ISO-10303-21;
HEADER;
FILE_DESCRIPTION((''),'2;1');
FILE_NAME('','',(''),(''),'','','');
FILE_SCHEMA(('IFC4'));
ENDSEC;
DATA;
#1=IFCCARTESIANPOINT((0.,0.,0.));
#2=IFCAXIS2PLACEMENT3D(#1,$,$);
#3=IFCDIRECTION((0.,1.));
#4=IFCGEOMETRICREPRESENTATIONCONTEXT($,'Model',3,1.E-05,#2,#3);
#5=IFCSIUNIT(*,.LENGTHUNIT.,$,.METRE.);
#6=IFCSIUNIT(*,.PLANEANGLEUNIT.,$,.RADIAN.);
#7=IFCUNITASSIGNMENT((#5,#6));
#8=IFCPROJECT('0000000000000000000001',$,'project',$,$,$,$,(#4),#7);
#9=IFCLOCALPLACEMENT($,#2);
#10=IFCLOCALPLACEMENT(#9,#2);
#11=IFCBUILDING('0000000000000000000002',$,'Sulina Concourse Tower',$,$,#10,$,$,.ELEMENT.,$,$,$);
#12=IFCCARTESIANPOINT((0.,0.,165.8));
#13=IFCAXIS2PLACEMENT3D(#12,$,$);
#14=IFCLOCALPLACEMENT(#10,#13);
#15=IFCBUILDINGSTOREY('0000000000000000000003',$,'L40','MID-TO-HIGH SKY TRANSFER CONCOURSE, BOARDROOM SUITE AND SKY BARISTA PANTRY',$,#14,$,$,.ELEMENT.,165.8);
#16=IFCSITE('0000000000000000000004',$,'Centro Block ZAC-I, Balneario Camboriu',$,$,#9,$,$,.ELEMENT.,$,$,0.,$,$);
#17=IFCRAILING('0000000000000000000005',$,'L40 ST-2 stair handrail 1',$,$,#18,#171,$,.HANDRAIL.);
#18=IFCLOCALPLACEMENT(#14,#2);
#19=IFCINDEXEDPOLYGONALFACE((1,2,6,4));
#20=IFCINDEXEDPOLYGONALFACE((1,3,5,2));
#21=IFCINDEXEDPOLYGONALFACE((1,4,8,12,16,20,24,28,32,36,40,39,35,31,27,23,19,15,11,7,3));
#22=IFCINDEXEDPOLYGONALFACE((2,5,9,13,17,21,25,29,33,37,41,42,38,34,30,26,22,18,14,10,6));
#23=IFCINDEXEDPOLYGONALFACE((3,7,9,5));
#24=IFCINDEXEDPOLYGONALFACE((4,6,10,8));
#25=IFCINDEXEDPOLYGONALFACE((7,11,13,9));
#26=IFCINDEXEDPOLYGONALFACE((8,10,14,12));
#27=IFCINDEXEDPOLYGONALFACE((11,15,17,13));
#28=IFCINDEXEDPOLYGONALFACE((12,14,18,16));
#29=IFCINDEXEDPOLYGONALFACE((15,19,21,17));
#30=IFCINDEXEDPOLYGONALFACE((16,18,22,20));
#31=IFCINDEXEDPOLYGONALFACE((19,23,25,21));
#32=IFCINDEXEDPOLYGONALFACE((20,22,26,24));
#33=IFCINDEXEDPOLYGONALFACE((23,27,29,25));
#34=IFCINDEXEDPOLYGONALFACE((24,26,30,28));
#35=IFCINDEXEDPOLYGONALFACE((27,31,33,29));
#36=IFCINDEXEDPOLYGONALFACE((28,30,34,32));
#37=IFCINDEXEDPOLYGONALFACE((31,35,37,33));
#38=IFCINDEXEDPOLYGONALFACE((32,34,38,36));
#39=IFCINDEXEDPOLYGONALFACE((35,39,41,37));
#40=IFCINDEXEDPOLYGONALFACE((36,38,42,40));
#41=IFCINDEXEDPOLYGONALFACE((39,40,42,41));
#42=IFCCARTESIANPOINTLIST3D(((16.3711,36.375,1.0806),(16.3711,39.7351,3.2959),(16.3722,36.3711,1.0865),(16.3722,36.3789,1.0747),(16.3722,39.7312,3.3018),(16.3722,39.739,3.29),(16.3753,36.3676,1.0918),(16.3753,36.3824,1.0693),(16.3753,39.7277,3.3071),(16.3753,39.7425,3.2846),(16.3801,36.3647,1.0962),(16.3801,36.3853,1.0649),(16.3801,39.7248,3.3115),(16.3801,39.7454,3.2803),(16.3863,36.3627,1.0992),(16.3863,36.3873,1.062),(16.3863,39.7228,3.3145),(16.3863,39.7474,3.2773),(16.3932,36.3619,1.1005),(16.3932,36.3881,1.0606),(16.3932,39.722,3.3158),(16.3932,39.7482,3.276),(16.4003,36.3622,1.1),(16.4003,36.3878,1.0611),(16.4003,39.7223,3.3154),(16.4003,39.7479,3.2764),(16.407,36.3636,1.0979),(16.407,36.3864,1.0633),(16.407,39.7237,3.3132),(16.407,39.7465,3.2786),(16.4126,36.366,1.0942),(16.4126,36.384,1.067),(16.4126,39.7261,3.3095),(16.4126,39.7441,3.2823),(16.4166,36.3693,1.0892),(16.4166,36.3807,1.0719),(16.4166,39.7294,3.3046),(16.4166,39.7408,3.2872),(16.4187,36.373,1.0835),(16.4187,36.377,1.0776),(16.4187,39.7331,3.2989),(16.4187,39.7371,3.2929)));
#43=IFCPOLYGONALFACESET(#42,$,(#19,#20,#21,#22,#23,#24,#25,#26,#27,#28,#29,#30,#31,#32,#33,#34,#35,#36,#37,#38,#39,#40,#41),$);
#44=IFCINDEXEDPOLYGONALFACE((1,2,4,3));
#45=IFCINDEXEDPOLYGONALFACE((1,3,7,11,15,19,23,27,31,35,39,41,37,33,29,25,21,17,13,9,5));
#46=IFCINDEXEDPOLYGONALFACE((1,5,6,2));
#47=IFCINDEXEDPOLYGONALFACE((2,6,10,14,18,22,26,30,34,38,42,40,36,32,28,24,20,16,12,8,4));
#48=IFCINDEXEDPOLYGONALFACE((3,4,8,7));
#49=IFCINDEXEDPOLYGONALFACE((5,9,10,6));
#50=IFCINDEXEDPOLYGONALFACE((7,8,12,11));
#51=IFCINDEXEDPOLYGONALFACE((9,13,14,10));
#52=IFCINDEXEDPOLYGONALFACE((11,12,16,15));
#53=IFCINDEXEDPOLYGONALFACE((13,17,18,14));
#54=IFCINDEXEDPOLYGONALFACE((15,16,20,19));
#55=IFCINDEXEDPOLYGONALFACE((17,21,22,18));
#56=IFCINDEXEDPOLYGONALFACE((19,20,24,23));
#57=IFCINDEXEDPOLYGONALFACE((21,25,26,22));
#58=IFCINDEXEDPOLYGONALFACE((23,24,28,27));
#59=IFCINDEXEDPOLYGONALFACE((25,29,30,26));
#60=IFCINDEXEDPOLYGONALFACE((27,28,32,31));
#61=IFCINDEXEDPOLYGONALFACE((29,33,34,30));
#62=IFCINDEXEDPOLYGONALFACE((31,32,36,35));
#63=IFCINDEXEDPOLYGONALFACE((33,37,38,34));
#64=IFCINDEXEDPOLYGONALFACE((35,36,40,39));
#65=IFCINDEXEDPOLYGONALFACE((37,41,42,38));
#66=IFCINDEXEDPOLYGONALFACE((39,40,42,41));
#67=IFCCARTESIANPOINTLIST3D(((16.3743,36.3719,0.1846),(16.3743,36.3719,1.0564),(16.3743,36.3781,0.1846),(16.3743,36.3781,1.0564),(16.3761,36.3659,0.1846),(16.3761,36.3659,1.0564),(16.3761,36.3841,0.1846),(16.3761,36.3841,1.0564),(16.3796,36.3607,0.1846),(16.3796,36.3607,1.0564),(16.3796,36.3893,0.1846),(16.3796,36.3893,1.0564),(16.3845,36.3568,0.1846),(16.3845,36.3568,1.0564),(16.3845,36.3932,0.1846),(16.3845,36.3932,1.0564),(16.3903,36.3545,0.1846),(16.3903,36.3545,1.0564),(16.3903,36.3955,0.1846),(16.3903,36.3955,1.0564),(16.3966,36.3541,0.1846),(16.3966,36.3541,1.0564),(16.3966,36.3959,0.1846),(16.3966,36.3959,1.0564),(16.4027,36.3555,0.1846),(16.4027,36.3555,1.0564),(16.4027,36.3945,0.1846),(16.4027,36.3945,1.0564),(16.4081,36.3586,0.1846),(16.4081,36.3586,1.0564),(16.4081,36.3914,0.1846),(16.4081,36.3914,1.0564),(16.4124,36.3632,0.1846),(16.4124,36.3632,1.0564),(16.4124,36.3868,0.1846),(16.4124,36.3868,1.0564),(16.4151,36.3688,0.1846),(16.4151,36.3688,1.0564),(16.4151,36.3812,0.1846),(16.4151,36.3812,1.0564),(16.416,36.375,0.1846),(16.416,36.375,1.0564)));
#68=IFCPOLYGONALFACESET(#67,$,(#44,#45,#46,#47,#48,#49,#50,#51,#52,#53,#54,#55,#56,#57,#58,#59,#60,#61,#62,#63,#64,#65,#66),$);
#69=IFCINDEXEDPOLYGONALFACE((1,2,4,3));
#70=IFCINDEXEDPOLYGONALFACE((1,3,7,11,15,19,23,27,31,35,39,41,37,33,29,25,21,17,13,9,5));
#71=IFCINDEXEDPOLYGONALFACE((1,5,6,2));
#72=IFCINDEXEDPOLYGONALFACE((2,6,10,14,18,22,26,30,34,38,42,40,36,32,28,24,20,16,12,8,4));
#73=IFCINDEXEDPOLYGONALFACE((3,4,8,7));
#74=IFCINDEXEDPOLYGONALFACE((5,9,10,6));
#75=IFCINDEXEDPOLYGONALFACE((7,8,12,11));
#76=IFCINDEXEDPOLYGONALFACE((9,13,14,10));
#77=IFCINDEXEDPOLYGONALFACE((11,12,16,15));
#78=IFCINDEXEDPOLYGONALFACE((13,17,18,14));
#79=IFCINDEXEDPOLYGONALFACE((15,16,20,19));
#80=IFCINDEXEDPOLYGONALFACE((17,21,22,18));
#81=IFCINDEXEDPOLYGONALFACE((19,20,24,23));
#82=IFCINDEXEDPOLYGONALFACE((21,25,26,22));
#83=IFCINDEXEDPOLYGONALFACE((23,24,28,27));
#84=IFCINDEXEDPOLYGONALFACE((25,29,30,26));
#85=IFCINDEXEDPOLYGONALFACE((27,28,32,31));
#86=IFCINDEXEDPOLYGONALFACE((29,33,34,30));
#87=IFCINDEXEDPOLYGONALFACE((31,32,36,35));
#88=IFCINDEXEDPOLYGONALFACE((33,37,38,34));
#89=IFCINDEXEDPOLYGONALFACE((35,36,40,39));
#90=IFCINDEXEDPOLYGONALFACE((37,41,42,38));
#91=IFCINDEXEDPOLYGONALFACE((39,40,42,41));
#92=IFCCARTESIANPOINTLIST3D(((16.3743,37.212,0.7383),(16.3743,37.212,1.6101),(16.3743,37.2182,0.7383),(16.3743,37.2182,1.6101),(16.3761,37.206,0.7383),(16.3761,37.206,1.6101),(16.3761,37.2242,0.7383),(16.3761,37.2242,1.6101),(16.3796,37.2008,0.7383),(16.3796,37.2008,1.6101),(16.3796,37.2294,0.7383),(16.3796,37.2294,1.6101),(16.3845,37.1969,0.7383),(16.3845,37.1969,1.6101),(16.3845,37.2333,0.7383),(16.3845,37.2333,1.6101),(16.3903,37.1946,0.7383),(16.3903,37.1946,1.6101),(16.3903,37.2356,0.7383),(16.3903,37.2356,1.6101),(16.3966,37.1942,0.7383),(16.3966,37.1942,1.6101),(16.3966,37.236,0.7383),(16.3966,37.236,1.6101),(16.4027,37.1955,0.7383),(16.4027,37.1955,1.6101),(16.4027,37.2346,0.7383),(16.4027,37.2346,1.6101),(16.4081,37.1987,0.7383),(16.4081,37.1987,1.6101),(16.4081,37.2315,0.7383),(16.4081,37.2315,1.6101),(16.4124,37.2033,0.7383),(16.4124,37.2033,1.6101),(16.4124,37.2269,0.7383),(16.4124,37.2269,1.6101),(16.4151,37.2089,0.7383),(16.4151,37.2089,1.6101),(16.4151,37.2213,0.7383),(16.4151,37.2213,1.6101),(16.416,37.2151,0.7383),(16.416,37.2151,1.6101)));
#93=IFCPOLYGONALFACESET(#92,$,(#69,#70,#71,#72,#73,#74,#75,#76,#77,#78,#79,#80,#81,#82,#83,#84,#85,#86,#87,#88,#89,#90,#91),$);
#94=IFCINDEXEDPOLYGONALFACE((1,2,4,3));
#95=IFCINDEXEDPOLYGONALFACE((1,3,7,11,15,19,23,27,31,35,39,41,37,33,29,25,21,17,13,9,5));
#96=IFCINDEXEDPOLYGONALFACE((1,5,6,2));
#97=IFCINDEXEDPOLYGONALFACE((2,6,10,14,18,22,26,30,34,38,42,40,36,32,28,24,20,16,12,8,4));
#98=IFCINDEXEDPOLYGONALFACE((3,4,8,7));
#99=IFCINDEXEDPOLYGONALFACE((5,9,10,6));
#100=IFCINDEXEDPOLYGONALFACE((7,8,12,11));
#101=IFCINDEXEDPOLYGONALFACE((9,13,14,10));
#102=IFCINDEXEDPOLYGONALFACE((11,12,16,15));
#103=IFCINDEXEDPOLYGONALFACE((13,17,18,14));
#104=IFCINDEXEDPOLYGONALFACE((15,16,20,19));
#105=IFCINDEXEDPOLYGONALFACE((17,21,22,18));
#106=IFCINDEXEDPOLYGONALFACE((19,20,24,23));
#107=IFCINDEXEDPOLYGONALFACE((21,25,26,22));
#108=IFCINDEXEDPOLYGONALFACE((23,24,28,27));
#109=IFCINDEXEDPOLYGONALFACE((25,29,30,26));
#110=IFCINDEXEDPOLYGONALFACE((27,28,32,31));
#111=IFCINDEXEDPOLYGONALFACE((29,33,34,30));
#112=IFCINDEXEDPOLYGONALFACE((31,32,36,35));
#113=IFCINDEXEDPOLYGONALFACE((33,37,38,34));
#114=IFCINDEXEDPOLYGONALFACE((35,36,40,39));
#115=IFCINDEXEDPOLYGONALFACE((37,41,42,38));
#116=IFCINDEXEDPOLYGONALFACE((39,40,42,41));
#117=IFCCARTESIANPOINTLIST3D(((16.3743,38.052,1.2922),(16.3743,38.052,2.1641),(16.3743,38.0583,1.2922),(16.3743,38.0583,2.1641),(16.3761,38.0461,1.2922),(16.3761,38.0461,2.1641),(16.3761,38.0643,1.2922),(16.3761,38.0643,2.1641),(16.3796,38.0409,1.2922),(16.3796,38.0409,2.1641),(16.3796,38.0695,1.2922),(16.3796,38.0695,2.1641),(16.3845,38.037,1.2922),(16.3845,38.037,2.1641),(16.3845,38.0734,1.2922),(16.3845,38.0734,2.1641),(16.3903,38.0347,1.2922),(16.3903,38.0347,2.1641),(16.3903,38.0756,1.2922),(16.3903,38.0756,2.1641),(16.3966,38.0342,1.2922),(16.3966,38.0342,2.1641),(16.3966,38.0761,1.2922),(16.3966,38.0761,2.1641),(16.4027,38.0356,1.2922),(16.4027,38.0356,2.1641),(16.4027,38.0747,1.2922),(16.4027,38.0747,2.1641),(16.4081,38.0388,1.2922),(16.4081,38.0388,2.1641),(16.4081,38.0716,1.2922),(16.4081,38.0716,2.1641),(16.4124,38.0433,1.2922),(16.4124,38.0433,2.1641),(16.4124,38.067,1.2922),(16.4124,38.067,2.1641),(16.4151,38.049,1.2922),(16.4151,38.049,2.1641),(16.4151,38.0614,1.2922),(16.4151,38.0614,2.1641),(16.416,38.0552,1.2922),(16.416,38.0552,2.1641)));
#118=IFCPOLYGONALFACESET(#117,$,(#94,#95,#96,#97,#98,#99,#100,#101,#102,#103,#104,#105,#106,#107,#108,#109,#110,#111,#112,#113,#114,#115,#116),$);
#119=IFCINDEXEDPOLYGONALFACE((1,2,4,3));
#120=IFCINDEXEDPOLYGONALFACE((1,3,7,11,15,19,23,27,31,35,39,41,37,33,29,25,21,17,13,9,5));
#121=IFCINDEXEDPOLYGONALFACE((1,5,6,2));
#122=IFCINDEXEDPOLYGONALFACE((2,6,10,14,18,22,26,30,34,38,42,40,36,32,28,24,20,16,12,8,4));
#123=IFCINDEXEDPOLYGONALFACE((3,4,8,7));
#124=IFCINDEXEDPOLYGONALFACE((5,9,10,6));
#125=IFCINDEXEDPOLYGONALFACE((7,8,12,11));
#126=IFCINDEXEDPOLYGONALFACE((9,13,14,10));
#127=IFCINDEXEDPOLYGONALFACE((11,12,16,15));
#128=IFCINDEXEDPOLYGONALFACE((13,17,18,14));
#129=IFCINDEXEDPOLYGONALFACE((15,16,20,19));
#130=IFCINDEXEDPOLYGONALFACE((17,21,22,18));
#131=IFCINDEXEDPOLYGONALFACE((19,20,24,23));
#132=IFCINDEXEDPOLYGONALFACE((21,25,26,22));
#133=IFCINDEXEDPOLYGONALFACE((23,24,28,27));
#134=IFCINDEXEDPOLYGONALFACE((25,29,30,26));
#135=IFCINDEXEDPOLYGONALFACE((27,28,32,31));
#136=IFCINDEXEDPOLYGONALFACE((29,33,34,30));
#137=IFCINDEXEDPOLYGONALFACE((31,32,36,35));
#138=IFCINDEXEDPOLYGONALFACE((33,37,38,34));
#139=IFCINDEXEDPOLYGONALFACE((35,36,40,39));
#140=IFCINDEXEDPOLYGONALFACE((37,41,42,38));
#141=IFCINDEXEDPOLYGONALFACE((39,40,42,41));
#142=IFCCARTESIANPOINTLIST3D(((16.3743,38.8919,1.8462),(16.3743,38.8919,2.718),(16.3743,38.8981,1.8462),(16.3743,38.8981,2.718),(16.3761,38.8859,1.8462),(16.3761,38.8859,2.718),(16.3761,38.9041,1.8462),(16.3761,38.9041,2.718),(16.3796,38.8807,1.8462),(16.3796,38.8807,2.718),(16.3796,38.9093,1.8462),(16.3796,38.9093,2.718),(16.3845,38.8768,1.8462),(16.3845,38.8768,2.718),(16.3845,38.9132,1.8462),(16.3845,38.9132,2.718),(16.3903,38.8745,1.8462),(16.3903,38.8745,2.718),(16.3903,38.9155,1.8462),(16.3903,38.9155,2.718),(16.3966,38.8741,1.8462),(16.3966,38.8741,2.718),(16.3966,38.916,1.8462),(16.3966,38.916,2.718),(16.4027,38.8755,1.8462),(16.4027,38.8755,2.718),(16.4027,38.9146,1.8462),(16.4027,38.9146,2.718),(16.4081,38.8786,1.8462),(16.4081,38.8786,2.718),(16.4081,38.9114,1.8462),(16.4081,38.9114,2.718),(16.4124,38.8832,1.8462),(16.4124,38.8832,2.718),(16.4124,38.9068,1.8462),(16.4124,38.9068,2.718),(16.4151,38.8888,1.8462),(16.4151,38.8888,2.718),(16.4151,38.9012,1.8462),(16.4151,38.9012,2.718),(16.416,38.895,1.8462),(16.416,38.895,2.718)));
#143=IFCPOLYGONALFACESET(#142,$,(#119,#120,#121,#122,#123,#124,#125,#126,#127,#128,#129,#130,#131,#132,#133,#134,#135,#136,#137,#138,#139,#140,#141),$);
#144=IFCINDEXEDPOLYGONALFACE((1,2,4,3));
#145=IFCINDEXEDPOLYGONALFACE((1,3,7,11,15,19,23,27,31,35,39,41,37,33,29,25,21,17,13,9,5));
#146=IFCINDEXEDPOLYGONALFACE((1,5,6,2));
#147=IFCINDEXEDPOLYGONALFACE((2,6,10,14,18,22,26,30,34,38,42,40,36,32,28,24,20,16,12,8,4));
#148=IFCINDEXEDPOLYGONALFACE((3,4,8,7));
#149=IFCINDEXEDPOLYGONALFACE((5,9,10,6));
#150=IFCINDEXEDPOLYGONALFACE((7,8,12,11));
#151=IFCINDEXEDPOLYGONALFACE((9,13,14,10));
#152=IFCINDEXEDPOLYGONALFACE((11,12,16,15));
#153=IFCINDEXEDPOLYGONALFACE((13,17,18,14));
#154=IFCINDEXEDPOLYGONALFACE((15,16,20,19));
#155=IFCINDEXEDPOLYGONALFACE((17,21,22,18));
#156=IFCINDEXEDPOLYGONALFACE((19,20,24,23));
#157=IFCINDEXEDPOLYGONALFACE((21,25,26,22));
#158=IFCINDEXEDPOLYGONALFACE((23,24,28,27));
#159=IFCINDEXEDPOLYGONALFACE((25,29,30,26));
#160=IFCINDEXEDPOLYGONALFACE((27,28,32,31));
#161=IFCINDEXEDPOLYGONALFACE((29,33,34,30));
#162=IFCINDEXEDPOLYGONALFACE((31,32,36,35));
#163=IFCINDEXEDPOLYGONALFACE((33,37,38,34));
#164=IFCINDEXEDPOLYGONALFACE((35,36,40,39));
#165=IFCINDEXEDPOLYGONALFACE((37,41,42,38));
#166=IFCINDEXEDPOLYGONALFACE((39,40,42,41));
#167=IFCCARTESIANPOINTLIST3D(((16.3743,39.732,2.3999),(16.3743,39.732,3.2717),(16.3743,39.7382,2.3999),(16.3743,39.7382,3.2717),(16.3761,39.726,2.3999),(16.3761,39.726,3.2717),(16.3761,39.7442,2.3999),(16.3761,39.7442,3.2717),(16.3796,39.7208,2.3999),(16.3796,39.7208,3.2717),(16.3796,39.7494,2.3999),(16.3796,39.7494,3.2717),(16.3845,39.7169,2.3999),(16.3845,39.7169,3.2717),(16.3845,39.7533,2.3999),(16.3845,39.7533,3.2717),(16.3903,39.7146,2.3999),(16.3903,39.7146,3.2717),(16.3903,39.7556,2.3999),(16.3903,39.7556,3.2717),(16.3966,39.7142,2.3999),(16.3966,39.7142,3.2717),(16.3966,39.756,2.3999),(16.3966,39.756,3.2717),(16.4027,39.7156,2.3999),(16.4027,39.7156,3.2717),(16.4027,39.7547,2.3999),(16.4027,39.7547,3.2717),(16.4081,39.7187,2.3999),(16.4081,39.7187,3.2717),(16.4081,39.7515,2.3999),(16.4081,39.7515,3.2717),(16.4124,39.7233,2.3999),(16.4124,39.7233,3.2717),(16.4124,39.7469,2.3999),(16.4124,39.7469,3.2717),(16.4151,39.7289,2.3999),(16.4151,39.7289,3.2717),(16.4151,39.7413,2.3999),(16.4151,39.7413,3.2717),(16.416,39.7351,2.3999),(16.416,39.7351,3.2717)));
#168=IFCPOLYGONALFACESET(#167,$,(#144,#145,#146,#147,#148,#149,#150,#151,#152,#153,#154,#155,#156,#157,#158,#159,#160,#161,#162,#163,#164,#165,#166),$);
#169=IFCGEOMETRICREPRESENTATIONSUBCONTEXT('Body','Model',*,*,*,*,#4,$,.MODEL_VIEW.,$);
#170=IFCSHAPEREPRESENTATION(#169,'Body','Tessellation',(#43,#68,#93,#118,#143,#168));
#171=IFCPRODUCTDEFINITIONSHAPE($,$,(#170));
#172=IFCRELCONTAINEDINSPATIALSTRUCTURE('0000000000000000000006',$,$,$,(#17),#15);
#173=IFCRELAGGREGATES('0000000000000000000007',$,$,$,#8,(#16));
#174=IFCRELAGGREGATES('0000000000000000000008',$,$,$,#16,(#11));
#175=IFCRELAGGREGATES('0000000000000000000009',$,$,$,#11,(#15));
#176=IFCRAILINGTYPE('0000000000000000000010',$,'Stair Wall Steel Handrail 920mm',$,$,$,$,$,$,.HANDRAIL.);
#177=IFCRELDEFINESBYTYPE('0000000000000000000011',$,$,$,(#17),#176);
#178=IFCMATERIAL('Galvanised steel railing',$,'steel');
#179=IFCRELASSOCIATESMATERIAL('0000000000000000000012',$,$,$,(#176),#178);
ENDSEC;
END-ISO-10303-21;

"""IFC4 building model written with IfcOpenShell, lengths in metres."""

from ifc_helpers import new_model, si_unit, direction, frame, origin, origin_2d, place, context, subcontext, project, spatial, circle, extrude, material, type_object, element, save


model = new_model("IFC4")

# Units and contexts
model_context = context("Model", 3, precision=1e-05, world=origin(), true_north=direction((0.0, 1.0)))
body_context = subcontext(model_context, "Body", "Model", "MODEL_VIEW")
ifc_project = project(units=[si_unit("LENGTHUNIT", "METRE"), si_unit("PLANEANGLEUNIT", "RADIAN")], contexts=[model_context])

# Site, building, storey
site_placement = place(None, origin())
site = spatial("IfcSite", under=ifc_project, at=site_placement, Name="Centro Block ZAC-I, Balneario Camboriu", CompositionType="ELEMENT", RefElevation=0.0)
building_placement = place(site_placement, origin())
building = spatial("IfcBuilding", under=site, at=building_placement, Name="Sulina Concourse Tower", CompositionType="ELEMENT")
storey_placement = place(building_placement, frame((0.0, 0.0, 165.8)))
storey = spatial("IfcBuildingStorey", under=building, at=storey_placement, Name="L40", Description="MID-TO-HIGH SKY TRANSFER CONCOURSE, BOARDROOM SUITE AND SKY BARISTA PANTRY", CompositionType="ELEMENT", Elevation=165.8)

# Railing
ifc_material_1 = material(Name="Galvanised steel railing", Category="steel")
railing_type_1 = type_object("IfcRailingType", Name="Stair Wall Steel Handrail 920mm", PredefinedType="HANDRAIL", material=ifc_material_1)
railing_1_placement = place(storey_placement, frame((16.395, 36.375, 0.1846)))
element("IfcRailing", 1, at=railing_1_placement, inside=storey, type_object=railing_type_1, Name="L40 ST-2 stair handrail 1", PredefinedType="HANDRAIL", context=body_context, shape_type="SweptSolid", body=[
    extrude(circle(Radius=0.0239, at=origin_2d()), frame((0.0, 0.0, 0.896), z_axis=(0.0, 0.834876, 0.550437), x_axis=(-1.0, 0.0, 0.0)), (0.0, 0.0, 1.0), 4.0247),
    extrude(circle(Radius=0.021, at=origin_2d()), origin(), (0.0, 0.0, 1.0), 0.8718),
    extrude(circle(Radius=0.021, at=origin_2d()), frame((0.0, 0.8401, 0.5537)), (0.0, 0.0, 1.0), 0.8718),
    extrude(circle(Radius=0.021, at=origin_2d()), frame((0.0, 1.6802, 1.1077)), (0.0, 0.0, 1.0), 0.8718),
    extrude(circle(Radius=0.021, at=origin_2d()), frame((0.0, 2.52, 1.6616)), (0.0, 0.0, 1.0), 0.8718),
    extrude(circle(Radius=0.021, at=origin_2d()), frame((0.0, 3.3601, 2.2153)), (0.0, 0.0, 1.0), 0.8718),
])

save(model, "model.ifc")
